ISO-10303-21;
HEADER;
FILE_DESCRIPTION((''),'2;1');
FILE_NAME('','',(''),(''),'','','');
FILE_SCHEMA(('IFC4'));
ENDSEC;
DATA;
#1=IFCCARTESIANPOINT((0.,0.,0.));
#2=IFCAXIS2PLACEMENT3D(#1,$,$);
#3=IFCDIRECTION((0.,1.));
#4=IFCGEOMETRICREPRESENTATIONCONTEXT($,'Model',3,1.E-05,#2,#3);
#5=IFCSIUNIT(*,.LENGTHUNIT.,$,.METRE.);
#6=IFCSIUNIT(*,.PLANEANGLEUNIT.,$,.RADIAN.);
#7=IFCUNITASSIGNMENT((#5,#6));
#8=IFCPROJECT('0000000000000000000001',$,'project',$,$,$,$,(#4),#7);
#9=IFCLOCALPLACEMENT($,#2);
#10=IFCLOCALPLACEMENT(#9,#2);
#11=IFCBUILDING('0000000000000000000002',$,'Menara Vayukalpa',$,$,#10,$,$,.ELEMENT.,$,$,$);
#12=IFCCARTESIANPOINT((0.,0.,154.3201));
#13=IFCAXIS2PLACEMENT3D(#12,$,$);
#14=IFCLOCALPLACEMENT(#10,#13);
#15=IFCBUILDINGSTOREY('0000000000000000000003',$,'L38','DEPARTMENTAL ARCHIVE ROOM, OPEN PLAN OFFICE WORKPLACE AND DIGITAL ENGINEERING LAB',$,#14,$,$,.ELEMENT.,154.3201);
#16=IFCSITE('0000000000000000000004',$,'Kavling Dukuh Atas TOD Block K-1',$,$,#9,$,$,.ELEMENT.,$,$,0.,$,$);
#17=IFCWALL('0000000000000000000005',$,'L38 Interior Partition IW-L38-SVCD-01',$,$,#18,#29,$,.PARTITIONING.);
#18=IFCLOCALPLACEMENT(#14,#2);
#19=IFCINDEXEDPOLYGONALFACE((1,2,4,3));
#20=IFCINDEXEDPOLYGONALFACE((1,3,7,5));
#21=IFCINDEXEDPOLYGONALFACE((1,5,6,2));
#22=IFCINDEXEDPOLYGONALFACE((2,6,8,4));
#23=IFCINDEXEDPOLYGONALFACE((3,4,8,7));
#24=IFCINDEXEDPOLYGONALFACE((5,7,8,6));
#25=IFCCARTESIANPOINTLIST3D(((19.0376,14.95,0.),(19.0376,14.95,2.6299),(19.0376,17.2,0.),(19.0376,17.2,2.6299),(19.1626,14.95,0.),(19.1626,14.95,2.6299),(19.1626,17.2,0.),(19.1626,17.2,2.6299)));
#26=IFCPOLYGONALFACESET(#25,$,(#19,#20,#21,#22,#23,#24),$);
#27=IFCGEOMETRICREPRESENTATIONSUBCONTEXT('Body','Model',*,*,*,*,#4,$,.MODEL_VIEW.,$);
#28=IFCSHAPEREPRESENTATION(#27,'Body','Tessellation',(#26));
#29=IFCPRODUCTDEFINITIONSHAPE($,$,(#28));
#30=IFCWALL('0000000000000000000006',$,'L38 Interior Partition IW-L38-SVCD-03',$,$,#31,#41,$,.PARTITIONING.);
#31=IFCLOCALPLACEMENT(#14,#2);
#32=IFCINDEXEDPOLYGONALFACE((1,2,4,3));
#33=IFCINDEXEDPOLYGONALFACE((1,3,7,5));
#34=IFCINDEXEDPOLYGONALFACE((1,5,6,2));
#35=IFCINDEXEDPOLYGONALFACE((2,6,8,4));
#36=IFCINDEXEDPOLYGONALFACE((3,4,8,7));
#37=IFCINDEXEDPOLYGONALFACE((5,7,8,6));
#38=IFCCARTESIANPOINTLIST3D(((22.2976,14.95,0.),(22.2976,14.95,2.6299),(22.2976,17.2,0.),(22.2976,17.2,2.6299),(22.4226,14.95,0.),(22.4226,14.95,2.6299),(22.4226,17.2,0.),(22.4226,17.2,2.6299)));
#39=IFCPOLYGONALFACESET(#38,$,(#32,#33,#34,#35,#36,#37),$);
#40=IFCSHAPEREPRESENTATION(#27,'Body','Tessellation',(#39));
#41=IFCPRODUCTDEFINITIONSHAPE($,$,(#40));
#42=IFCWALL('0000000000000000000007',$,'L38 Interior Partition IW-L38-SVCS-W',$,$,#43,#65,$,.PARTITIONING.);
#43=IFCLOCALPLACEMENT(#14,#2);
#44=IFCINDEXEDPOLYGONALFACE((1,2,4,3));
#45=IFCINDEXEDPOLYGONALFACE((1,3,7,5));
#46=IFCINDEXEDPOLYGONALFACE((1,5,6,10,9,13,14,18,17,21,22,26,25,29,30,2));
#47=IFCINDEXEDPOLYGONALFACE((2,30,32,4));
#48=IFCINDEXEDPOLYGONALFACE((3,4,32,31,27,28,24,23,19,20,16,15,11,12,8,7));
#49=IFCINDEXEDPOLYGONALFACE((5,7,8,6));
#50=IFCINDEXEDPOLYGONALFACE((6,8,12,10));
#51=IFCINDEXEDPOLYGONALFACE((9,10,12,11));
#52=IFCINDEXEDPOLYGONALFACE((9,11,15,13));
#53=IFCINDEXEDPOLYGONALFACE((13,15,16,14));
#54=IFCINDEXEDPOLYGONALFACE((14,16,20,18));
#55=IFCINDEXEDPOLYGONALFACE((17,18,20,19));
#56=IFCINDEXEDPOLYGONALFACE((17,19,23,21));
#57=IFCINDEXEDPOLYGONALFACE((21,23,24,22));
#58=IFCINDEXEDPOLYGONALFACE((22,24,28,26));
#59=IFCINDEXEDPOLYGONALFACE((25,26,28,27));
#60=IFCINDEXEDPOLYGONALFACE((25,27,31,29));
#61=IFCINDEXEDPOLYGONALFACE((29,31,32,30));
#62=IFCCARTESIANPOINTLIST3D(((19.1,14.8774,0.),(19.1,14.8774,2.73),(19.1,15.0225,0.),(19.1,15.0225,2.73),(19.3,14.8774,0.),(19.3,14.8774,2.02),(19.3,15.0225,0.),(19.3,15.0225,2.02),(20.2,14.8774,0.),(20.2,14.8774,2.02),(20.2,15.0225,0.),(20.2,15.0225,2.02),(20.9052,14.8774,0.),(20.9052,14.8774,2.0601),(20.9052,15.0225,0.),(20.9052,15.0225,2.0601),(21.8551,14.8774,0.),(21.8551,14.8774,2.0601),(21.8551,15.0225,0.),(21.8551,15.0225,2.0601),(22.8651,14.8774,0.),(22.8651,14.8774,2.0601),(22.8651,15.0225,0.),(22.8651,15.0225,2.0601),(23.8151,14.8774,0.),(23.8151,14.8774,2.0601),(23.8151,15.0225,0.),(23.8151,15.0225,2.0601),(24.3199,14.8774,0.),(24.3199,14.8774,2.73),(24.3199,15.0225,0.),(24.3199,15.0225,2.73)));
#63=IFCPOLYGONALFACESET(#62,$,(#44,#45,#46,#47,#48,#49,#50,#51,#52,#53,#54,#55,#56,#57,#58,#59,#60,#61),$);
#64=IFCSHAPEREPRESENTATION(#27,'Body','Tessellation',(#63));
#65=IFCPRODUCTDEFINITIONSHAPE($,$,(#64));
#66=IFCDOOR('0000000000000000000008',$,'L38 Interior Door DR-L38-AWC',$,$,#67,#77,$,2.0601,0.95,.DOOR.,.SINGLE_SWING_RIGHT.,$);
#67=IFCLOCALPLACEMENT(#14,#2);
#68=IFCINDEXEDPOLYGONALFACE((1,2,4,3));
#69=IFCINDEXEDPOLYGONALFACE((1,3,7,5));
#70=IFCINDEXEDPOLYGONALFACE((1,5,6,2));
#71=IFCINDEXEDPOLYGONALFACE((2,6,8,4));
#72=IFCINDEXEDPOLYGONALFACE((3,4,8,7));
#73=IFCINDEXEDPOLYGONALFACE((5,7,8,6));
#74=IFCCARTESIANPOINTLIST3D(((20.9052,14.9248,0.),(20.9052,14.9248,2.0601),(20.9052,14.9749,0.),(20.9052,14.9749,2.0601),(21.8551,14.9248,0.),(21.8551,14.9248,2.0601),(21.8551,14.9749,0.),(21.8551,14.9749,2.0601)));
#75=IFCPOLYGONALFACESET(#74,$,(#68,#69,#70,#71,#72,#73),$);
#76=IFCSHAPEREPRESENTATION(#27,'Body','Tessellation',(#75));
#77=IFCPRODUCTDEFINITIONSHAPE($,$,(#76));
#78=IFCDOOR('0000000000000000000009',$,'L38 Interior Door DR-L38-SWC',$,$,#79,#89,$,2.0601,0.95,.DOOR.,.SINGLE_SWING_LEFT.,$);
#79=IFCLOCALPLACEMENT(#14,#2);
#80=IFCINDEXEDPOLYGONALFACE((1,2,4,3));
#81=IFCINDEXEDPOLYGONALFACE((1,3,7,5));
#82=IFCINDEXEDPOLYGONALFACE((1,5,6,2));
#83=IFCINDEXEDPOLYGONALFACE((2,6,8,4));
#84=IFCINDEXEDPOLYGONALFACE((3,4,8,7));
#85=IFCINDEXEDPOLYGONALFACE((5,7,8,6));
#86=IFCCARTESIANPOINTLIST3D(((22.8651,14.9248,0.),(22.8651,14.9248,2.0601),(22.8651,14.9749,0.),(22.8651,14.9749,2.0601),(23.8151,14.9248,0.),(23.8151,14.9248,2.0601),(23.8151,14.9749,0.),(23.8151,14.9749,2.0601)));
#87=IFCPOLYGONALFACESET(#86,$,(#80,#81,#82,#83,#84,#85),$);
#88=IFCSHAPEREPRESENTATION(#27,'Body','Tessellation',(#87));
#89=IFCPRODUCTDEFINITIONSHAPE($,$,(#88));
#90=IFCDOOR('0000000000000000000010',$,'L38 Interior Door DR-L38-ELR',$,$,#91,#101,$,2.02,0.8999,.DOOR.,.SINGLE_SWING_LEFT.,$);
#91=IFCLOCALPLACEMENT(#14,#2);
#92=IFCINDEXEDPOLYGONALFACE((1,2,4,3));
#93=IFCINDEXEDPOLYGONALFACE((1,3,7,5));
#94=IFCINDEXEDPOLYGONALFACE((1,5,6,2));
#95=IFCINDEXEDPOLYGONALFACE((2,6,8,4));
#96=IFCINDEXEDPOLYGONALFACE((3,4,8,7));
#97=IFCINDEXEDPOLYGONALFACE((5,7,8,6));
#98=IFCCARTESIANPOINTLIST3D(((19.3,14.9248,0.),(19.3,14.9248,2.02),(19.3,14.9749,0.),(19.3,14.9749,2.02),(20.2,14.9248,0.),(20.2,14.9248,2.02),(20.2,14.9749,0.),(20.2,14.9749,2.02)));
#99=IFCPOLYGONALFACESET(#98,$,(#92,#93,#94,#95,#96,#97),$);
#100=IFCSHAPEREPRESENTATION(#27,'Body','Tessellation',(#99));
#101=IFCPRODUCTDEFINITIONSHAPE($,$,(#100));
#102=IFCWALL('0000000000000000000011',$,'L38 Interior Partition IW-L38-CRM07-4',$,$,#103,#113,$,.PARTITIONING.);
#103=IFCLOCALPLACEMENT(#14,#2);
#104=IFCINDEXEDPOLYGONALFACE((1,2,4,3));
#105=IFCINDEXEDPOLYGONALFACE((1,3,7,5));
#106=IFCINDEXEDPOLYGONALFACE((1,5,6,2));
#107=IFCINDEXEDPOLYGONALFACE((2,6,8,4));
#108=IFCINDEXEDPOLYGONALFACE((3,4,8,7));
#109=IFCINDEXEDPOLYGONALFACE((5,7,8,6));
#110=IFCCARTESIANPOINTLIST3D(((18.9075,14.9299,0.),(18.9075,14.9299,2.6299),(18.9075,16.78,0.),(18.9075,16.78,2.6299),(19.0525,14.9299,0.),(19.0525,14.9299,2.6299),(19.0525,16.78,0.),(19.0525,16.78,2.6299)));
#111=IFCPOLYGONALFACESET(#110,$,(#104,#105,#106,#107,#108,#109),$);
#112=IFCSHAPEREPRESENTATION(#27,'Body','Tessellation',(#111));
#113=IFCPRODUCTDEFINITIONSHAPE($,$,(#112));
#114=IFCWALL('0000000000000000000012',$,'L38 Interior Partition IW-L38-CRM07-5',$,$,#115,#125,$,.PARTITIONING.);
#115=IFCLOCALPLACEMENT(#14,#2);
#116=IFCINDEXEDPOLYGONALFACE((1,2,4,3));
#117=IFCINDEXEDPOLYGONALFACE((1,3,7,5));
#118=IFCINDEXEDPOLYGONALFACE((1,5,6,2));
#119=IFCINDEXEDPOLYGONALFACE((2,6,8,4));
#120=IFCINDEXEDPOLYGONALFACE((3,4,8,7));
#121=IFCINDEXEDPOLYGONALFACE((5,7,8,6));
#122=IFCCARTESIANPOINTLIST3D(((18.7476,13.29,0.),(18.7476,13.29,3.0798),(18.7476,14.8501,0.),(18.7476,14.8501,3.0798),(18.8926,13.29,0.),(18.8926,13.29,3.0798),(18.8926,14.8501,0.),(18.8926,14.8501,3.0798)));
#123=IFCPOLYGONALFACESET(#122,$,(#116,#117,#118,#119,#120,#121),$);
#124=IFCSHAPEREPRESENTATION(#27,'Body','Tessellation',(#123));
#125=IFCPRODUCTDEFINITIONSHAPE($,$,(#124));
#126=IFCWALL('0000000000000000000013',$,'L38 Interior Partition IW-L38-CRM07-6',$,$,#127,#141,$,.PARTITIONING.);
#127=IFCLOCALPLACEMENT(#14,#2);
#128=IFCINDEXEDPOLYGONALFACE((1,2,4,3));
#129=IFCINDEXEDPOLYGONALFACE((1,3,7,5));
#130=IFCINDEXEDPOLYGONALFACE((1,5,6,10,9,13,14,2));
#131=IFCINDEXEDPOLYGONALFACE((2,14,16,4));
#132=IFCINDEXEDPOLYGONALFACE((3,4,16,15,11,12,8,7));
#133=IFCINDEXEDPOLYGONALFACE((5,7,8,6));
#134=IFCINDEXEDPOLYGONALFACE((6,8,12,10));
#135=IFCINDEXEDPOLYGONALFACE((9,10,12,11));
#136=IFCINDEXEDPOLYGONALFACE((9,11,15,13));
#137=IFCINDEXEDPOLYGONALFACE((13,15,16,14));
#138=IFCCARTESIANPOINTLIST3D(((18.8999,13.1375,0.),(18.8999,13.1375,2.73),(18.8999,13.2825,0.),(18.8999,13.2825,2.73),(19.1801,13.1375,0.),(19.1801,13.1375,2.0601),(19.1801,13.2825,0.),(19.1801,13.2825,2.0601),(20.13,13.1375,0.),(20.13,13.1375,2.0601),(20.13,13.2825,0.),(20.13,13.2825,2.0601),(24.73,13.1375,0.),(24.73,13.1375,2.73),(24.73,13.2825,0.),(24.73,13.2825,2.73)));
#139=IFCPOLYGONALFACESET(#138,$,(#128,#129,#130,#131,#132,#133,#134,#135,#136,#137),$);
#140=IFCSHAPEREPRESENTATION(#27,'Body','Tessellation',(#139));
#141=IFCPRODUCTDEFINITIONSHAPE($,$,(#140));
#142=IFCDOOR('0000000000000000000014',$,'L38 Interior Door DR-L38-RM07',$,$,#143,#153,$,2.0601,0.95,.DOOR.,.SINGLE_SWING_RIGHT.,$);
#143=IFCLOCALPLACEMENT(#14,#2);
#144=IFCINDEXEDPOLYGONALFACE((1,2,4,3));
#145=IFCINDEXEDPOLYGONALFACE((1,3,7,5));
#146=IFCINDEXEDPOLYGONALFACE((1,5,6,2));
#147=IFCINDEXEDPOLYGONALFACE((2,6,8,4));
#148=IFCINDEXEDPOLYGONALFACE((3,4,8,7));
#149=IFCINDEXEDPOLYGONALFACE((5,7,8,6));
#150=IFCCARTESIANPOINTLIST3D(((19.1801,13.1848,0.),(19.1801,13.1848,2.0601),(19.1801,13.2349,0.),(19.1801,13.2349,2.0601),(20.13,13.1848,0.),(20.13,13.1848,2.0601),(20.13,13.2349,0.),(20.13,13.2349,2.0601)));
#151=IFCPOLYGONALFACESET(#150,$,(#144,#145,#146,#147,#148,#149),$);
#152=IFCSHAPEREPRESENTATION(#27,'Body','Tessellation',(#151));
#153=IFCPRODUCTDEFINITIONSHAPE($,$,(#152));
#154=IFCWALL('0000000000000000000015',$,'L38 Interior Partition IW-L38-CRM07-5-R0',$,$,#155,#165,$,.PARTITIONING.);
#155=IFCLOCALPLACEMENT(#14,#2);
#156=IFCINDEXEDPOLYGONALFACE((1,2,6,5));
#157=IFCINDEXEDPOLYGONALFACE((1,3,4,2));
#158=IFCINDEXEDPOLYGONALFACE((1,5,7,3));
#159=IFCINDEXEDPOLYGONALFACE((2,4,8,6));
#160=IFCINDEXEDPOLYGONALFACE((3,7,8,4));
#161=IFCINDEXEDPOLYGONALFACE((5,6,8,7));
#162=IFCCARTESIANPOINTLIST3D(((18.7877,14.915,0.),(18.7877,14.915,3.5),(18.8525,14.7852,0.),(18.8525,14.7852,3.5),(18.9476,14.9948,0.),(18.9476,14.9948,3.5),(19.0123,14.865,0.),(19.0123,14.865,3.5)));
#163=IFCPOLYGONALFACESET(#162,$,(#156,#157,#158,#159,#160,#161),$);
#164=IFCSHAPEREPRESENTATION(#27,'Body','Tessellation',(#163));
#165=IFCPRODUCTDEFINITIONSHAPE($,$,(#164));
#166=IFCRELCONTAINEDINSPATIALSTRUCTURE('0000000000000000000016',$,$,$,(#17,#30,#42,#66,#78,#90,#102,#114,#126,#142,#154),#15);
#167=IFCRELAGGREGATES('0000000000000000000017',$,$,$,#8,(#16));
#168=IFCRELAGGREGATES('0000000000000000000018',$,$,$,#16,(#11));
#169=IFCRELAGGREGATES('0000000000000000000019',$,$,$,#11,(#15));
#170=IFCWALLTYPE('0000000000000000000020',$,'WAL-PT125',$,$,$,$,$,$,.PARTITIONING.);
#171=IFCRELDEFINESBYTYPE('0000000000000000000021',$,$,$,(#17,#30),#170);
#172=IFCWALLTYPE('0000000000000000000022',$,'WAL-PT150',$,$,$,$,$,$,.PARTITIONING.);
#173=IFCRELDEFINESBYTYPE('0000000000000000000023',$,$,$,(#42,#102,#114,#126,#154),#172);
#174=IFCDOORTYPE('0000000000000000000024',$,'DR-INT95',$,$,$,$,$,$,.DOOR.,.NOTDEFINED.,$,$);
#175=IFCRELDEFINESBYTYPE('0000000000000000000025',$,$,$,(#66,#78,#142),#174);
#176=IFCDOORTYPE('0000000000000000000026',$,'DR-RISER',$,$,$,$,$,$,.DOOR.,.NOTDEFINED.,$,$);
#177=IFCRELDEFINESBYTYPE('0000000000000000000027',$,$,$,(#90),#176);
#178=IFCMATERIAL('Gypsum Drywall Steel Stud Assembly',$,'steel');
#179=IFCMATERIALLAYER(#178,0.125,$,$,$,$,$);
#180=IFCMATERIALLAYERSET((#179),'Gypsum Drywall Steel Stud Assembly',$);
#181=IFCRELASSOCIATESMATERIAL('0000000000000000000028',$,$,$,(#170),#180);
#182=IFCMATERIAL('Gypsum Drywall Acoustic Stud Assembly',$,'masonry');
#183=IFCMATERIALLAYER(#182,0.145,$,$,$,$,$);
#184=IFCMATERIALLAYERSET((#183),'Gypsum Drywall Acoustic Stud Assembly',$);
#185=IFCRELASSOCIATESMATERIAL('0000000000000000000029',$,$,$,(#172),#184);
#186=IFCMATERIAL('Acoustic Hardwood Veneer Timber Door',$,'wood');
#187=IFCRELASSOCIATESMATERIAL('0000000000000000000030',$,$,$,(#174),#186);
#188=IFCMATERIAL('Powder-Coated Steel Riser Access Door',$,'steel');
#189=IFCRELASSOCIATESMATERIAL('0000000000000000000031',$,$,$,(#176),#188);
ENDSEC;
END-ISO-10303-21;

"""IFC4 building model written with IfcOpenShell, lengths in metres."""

from ifc_helpers import new_model, si_unit, direction, frame, frame_2d, origin, place, context, subcontext, project, spatial, rectangle, extrude, material, layer, layer_set, type_object, element, fill, save


model = new_model("IFC4")

# Units and contexts
model_context = context("Model", 3, precision=1e-05, world=origin(), true_north=direction((0.0, 1.0)))
body_context = subcontext(model_context, "Body", "Model", "MODEL_VIEW")
ifc_project = project(units=[si_unit("LENGTHUNIT", "METRE"), si_unit("PLANEANGLEUNIT", "RADIAN")], contexts=[model_context])

# Site, building, storey
site_placement = place(None, origin())
site = spatial("IfcSite", under=ifc_project, at=site_placement, Name="Kavling Dukuh Atas TOD Block K-1", CompositionType="ELEMENT", RefElevation=0.0)
building_placement = place(site_placement, origin())
building = spatial("IfcBuilding", under=site, at=building_placement, Name="Menara Vayukalpa", CompositionType="ELEMENT")
storey_placement = place(building_placement, frame((0.0, 0.0, 154.3201)))
storey = spatial("IfcBuildingStorey", under=building, at=storey_placement, Name="L38", Description="DEPARTMENTAL ARCHIVE ROOM, OPEN PLAN OFFICE WORKPLACE AND DIGITAL ENGINEERING LAB", CompositionType="ELEMENT", Elevation=154.3201)

# Walls
ifc_material_1 = material(Name="Gypsum Drywall Steel Stud Assembly", Category="steel")
ifc_layer_1 = layer(ifc_material_1, 0.125)
ifc_layer_set_1 = layer_set([ifc_layer_1], Name="Gypsum Drywall Steel Stud Assembly")
wall_type_1 = type_object("IfcWallType", Name="WAL-PT125", PredefinedType="PARTITIONING", material=ifc_layer_set_1)
for number, where, z_axis, x_axis, name in (
    (1, (19.1001, 14.95, 0.0), (0.0, 0.0, 1.0), (0.0, 1.0, 0.0), "L38 Interior Partition IW-L38-SVCD-01"),
    (2, (22.3601, 14.95, 0.0), (0.0, 0.0, 1.0), (0.0, 1.0, 0.0), "L38 Interior Partition IW-L38-SVCD-03"),
):
    element("IfcWall", number, at=place(storey_placement, frame(where, z_axis=z_axis, x_axis=x_axis)), inside=storey, type_object=wall_type_1, Name=name, PredefinedType="PARTITIONING", context=body_context, shape_type="SweptSolid", body=[
        extrude(rectangle(XDim=2.25, YDim=0.125, at=frame_2d((1.125, 0.0))), origin(), (0.0, 0.0, 1.0), 2.6299),
    ])

# Wall, openings, doors
ifc_material_2 = material(Name="Gypsum Drywall Acoustic Stud Assembly", Category="masonry")
ifc_layer_2 = layer(ifc_material_2, 0.145)
ifc_layer_set_2 = layer_set([ifc_layer_2], Name="Gypsum Drywall Acoustic Stud Assembly")
wall_type_2 = type_object("IfcWallType", Name="WAL-PT150", PredefinedType="PARTITIONING", material=ifc_layer_set_2)
wall_1_placement = place(storey_placement, frame((19.1001, 14.95, 0.0), z_axis=(0.0, 0.0, 1.0), x_axis=(1.0, 0.0, 0.0)))
wall_1 = element("IfcWall", 3, at=wall_1_placement, inside=storey, type_object=wall_type_2, Name="L38 Interior Partition IW-L38-SVCS-W", PredefinedType="PARTITIONING", context=body_context, shape_type="SweptSolid", body=[
    extrude(rectangle(XDim=5.22, YDim=0.145, at=frame_2d((2.6099, 0.0))), origin(), (0.0, 0.0, 1.0), 2.73),
])
opening_1_placement = place(wall_1_placement, frame((0.2, 0.0, 0.0)))
opening_1 = element("IfcOpeningElement", 4, at=opening_1_placement, cuts=wall_1, PredefinedType="OPENING", context=body_context, shape_type="SweptSolid", body=[
    extrude(rectangle(XDim=0.8999, YDim=2.02, at=frame_2d((0.45, 1.01))), frame((0.0, 0.0825, 0.0), z_axis=(0.0, -1.0, 0.0), x_axis=(1.0, 0.0, 0.0)), (0.0, 0.0, 1.0), 0.165),
])
opening_2_placement = place(wall_1_placement, frame((1.8049, 0.0, 0.0)))
opening_2 = element("IfcOpeningElement", 5, at=opening_2_placement, cuts=wall_1, PredefinedType="OPENING", context=body_context, shape_type="SweptSolid", body=[
    extrude(rectangle(XDim=0.95, YDim=2.0601, at=frame_2d((0.4751, 1.03))), frame((0.0, 0.0825, 0.0), z_axis=(0.0, -1.0, 0.0), x_axis=(1.0, 0.0, 0.0)), (0.0, 0.0, 1.0), 0.165),
])
opening_3_placement = place(wall_1_placement, frame((3.7649, 0.0, 0.0)))
opening_3 = element("IfcOpeningElement", 6, at=opening_3_placement, cuts=wall_1, PredefinedType="OPENING", context=body_context, shape_type="SweptSolid", body=[
    extrude(rectangle(XDim=0.95, YDim=2.0601, at=frame_2d((0.4751, 1.03))), frame((0.0, 0.0825, 0.0), z_axis=(0.0, -1.0, 0.0), x_axis=(1.0, 0.0, 0.0)), (0.0, 0.0, 1.0), 0.165),
])
ifc_material_3 = material(Name="Acoustic Hardwood Veneer Timber Door", Category="wood")
door_type_1 = type_object("IfcDoorType", Name="DR-INT95", OperationType="NOTDEFINED", PredefinedType="DOOR", material=ifc_material_3)
door_1_placement = place(opening_2_placement, origin())
door_1 = element("IfcDoor", 7, at=door_1_placement, inside=storey, type_object=door_type_1, Name="L38 Interior Door DR-L38-AWC", OperationType="SINGLE_SWING_RIGHT", OverallHeight=2.0601, OverallWidth=0.95, PredefinedType="DOOR", context=body_context, shape_type="SweptSolid", body=[
    extrude(rectangle(XDim=0.95, YDim=2.0601, at=frame_2d((0.4751, 1.03))), frame((0.0, 0.0249, 0.0), z_axis=(0.0, -1.0, 0.0), x_axis=(1.0, 0.0, 0.0)), (0.0, 0.0, 1.0), 0.05),
])
fill(opening_2, door_1)
door_2_placement = place(opening_3_placement, origin())
door_2 = element("IfcDoor", 8, at=door_2_placement, inside=storey, type_object=door_type_1, Name="L38 Interior Door DR-L38-SWC", OperationType="SINGLE_SWING_LEFT", OverallHeight=2.0601, OverallWidth=0.95, PredefinedType="DOOR", context=body_context, shape_type="SweptSolid", body=[
    extrude(rectangle(XDim=0.95, YDim=2.0601, at=frame_2d((0.4751, 1.03))), frame((0.0, 0.0249, 0.0), z_axis=(0.0, -1.0, 0.0), x_axis=(1.0, 0.0, 0.0)), (0.0, 0.0, 1.0), 0.05),
])
fill(opening_3, door_2)
ifc_material_4 = material(Name="Powder-Coated Steel Riser Access Door", Category="steel")
door_type_2 = type_object("IfcDoorType", Name="DR-RISER", OperationType="NOTDEFINED", PredefinedType="DOOR", material=ifc_material_4)
door_3_placement = place(opening_1_placement, origin())
door_3 = element("IfcDoor", 9, at=door_3_placement, inside=storey, type_object=door_type_2, Name="L38 Interior Door DR-L38-ELR", OperationType="SINGLE_SWING_LEFT", OverallHeight=2.02, OverallWidth=0.8999, PredefinedType="DOOR", context=body_context, shape_type="SweptSolid", body=[
    extrude(rectangle(XDim=0.8999, YDim=2.02, at=frame_2d((0.45, 1.01))), frame((0.0, 0.0249, 0.0), z_axis=(0.0, -1.0, 0.0), x_axis=(1.0, 0.0, 0.0)), (0.0, 0.0, 1.0), 0.05),
])
fill(opening_1, door_3)

# Walls
wall_2_placement = place(storey_placement, frame((18.98, 16.78, 0.0), z_axis=(0.0, 0.0, 1.0), x_axis=(0.0, -1.0, 0.0)))
element("IfcWall", 10, at=wall_2_placement, inside=storey, type_object=wall_type_2, Name="L38 Interior Partition IW-L38-CRM07-4", PredefinedType="PARTITIONING", context=body_context, shape_type="SweptSolid", body=[
    extrude(rectangle(XDim=1.8501, YDim=0.145, at=frame_2d((0.925, 0.0))), origin(), (0.0, 0.0, 1.0), 2.6299),
])
wall_3_placement = place(storey_placement, frame((18.8201, 14.8501, 0.0), z_axis=(0.0, 0.0, 1.0), x_axis=(0.0, -1.0, 0.0)))
element("IfcWall", 11, at=wall_3_placement, inside=storey, type_object=wall_type_2, Name="L38 Interior Partition IW-L38-CRM07-5", PredefinedType="PARTITIONING", context=body_context, shape_type="SweptSolid", body=[
    extrude(rectangle(XDim=1.5601, YDim=0.145, at=frame_2d((0.78, 0.0))), origin(), (0.0, 0.0, 1.0), 3.0798),
])

# Wall, opening, door
wall_4_placement = place(storey_placement, frame((18.8999, 13.21, 0.0), z_axis=(0.0, 0.0, 1.0), x_axis=(1.0, 0.0, 0.0)))
wall_4 = element("IfcWall", 12, at=wall_4_placement, inside=storey, type_object=wall_type_2, Name="L38 Interior Partition IW-L38-CRM07-6", PredefinedType="PARTITIONING", context=body_context, shape_type="SweptSolid", body=[
    extrude(rectangle(XDim=5.8301, YDim=0.145, at=frame_2d((2.915, 0.0))), origin(), (0.0, 0.0, 1.0), 2.73),
])
opening_4_placement = place(wall_4_placement, frame((0.28, 0.0, 0.0)))
opening_4 = element("IfcOpeningElement", 13, at=opening_4_placement, cuts=wall_4, PredefinedType="OPENING", context=body_context, shape_type="SweptSolid", body=[
    extrude(rectangle(XDim=0.95, YDim=2.0601, at=frame_2d((0.4751, 1.03))), frame((0.0, 0.0825, 0.0), z_axis=(0.0, -1.0, 0.0), x_axis=(1.0, 0.0, 0.0)), (0.0, 0.0, 1.0), 0.165),
])
door_4_placement = place(opening_4_placement, origin())
door_4 = element("IfcDoor", 14, at=door_4_placement, inside=storey, type_object=door_type_1, Name="L38 Interior Door DR-L38-RM07", OperationType="SINGLE_SWING_RIGHT", OverallHeight=2.0601, OverallWidth=0.95, PredefinedType="DOOR", context=body_context, shape_type="SweptSolid", body=[
    extrude(rectangle(XDim=0.95, YDim=2.0601, at=frame_2d((0.4751, 1.03))), frame((0.0, 0.0249, 0.0), z_axis=(0.0, -1.0, 0.0), x_axis=(1.0, 0.0, 0.0)), (0.0, 0.0, 1.0), 0.05),
])
fill(opening_4, door_4)

# Wall
wall_5_placement = place(storey_placement, frame((18.8201, 14.8501, 0.0), z_axis=(0.0, 0.0, 1.0), x_axis=(0.8947, 0.446667, 0.0)))
element("IfcWall", 15, at=wall_5_placement, inside=storey, type_object=wall_type_2, Name="L38 Interior Partition IW-L38-CRM07-5-R0", PredefinedType="PARTITIONING", context=body_context, shape_type="SweptSolid", body=[
    extrude(rectangle(XDim=0.1787, YDim=0.145, at=frame_2d((0.0894, 0.0))), origin(), (0.0, 0.0, 1.0), 3.5),
])

save(model, "model.ifc")
